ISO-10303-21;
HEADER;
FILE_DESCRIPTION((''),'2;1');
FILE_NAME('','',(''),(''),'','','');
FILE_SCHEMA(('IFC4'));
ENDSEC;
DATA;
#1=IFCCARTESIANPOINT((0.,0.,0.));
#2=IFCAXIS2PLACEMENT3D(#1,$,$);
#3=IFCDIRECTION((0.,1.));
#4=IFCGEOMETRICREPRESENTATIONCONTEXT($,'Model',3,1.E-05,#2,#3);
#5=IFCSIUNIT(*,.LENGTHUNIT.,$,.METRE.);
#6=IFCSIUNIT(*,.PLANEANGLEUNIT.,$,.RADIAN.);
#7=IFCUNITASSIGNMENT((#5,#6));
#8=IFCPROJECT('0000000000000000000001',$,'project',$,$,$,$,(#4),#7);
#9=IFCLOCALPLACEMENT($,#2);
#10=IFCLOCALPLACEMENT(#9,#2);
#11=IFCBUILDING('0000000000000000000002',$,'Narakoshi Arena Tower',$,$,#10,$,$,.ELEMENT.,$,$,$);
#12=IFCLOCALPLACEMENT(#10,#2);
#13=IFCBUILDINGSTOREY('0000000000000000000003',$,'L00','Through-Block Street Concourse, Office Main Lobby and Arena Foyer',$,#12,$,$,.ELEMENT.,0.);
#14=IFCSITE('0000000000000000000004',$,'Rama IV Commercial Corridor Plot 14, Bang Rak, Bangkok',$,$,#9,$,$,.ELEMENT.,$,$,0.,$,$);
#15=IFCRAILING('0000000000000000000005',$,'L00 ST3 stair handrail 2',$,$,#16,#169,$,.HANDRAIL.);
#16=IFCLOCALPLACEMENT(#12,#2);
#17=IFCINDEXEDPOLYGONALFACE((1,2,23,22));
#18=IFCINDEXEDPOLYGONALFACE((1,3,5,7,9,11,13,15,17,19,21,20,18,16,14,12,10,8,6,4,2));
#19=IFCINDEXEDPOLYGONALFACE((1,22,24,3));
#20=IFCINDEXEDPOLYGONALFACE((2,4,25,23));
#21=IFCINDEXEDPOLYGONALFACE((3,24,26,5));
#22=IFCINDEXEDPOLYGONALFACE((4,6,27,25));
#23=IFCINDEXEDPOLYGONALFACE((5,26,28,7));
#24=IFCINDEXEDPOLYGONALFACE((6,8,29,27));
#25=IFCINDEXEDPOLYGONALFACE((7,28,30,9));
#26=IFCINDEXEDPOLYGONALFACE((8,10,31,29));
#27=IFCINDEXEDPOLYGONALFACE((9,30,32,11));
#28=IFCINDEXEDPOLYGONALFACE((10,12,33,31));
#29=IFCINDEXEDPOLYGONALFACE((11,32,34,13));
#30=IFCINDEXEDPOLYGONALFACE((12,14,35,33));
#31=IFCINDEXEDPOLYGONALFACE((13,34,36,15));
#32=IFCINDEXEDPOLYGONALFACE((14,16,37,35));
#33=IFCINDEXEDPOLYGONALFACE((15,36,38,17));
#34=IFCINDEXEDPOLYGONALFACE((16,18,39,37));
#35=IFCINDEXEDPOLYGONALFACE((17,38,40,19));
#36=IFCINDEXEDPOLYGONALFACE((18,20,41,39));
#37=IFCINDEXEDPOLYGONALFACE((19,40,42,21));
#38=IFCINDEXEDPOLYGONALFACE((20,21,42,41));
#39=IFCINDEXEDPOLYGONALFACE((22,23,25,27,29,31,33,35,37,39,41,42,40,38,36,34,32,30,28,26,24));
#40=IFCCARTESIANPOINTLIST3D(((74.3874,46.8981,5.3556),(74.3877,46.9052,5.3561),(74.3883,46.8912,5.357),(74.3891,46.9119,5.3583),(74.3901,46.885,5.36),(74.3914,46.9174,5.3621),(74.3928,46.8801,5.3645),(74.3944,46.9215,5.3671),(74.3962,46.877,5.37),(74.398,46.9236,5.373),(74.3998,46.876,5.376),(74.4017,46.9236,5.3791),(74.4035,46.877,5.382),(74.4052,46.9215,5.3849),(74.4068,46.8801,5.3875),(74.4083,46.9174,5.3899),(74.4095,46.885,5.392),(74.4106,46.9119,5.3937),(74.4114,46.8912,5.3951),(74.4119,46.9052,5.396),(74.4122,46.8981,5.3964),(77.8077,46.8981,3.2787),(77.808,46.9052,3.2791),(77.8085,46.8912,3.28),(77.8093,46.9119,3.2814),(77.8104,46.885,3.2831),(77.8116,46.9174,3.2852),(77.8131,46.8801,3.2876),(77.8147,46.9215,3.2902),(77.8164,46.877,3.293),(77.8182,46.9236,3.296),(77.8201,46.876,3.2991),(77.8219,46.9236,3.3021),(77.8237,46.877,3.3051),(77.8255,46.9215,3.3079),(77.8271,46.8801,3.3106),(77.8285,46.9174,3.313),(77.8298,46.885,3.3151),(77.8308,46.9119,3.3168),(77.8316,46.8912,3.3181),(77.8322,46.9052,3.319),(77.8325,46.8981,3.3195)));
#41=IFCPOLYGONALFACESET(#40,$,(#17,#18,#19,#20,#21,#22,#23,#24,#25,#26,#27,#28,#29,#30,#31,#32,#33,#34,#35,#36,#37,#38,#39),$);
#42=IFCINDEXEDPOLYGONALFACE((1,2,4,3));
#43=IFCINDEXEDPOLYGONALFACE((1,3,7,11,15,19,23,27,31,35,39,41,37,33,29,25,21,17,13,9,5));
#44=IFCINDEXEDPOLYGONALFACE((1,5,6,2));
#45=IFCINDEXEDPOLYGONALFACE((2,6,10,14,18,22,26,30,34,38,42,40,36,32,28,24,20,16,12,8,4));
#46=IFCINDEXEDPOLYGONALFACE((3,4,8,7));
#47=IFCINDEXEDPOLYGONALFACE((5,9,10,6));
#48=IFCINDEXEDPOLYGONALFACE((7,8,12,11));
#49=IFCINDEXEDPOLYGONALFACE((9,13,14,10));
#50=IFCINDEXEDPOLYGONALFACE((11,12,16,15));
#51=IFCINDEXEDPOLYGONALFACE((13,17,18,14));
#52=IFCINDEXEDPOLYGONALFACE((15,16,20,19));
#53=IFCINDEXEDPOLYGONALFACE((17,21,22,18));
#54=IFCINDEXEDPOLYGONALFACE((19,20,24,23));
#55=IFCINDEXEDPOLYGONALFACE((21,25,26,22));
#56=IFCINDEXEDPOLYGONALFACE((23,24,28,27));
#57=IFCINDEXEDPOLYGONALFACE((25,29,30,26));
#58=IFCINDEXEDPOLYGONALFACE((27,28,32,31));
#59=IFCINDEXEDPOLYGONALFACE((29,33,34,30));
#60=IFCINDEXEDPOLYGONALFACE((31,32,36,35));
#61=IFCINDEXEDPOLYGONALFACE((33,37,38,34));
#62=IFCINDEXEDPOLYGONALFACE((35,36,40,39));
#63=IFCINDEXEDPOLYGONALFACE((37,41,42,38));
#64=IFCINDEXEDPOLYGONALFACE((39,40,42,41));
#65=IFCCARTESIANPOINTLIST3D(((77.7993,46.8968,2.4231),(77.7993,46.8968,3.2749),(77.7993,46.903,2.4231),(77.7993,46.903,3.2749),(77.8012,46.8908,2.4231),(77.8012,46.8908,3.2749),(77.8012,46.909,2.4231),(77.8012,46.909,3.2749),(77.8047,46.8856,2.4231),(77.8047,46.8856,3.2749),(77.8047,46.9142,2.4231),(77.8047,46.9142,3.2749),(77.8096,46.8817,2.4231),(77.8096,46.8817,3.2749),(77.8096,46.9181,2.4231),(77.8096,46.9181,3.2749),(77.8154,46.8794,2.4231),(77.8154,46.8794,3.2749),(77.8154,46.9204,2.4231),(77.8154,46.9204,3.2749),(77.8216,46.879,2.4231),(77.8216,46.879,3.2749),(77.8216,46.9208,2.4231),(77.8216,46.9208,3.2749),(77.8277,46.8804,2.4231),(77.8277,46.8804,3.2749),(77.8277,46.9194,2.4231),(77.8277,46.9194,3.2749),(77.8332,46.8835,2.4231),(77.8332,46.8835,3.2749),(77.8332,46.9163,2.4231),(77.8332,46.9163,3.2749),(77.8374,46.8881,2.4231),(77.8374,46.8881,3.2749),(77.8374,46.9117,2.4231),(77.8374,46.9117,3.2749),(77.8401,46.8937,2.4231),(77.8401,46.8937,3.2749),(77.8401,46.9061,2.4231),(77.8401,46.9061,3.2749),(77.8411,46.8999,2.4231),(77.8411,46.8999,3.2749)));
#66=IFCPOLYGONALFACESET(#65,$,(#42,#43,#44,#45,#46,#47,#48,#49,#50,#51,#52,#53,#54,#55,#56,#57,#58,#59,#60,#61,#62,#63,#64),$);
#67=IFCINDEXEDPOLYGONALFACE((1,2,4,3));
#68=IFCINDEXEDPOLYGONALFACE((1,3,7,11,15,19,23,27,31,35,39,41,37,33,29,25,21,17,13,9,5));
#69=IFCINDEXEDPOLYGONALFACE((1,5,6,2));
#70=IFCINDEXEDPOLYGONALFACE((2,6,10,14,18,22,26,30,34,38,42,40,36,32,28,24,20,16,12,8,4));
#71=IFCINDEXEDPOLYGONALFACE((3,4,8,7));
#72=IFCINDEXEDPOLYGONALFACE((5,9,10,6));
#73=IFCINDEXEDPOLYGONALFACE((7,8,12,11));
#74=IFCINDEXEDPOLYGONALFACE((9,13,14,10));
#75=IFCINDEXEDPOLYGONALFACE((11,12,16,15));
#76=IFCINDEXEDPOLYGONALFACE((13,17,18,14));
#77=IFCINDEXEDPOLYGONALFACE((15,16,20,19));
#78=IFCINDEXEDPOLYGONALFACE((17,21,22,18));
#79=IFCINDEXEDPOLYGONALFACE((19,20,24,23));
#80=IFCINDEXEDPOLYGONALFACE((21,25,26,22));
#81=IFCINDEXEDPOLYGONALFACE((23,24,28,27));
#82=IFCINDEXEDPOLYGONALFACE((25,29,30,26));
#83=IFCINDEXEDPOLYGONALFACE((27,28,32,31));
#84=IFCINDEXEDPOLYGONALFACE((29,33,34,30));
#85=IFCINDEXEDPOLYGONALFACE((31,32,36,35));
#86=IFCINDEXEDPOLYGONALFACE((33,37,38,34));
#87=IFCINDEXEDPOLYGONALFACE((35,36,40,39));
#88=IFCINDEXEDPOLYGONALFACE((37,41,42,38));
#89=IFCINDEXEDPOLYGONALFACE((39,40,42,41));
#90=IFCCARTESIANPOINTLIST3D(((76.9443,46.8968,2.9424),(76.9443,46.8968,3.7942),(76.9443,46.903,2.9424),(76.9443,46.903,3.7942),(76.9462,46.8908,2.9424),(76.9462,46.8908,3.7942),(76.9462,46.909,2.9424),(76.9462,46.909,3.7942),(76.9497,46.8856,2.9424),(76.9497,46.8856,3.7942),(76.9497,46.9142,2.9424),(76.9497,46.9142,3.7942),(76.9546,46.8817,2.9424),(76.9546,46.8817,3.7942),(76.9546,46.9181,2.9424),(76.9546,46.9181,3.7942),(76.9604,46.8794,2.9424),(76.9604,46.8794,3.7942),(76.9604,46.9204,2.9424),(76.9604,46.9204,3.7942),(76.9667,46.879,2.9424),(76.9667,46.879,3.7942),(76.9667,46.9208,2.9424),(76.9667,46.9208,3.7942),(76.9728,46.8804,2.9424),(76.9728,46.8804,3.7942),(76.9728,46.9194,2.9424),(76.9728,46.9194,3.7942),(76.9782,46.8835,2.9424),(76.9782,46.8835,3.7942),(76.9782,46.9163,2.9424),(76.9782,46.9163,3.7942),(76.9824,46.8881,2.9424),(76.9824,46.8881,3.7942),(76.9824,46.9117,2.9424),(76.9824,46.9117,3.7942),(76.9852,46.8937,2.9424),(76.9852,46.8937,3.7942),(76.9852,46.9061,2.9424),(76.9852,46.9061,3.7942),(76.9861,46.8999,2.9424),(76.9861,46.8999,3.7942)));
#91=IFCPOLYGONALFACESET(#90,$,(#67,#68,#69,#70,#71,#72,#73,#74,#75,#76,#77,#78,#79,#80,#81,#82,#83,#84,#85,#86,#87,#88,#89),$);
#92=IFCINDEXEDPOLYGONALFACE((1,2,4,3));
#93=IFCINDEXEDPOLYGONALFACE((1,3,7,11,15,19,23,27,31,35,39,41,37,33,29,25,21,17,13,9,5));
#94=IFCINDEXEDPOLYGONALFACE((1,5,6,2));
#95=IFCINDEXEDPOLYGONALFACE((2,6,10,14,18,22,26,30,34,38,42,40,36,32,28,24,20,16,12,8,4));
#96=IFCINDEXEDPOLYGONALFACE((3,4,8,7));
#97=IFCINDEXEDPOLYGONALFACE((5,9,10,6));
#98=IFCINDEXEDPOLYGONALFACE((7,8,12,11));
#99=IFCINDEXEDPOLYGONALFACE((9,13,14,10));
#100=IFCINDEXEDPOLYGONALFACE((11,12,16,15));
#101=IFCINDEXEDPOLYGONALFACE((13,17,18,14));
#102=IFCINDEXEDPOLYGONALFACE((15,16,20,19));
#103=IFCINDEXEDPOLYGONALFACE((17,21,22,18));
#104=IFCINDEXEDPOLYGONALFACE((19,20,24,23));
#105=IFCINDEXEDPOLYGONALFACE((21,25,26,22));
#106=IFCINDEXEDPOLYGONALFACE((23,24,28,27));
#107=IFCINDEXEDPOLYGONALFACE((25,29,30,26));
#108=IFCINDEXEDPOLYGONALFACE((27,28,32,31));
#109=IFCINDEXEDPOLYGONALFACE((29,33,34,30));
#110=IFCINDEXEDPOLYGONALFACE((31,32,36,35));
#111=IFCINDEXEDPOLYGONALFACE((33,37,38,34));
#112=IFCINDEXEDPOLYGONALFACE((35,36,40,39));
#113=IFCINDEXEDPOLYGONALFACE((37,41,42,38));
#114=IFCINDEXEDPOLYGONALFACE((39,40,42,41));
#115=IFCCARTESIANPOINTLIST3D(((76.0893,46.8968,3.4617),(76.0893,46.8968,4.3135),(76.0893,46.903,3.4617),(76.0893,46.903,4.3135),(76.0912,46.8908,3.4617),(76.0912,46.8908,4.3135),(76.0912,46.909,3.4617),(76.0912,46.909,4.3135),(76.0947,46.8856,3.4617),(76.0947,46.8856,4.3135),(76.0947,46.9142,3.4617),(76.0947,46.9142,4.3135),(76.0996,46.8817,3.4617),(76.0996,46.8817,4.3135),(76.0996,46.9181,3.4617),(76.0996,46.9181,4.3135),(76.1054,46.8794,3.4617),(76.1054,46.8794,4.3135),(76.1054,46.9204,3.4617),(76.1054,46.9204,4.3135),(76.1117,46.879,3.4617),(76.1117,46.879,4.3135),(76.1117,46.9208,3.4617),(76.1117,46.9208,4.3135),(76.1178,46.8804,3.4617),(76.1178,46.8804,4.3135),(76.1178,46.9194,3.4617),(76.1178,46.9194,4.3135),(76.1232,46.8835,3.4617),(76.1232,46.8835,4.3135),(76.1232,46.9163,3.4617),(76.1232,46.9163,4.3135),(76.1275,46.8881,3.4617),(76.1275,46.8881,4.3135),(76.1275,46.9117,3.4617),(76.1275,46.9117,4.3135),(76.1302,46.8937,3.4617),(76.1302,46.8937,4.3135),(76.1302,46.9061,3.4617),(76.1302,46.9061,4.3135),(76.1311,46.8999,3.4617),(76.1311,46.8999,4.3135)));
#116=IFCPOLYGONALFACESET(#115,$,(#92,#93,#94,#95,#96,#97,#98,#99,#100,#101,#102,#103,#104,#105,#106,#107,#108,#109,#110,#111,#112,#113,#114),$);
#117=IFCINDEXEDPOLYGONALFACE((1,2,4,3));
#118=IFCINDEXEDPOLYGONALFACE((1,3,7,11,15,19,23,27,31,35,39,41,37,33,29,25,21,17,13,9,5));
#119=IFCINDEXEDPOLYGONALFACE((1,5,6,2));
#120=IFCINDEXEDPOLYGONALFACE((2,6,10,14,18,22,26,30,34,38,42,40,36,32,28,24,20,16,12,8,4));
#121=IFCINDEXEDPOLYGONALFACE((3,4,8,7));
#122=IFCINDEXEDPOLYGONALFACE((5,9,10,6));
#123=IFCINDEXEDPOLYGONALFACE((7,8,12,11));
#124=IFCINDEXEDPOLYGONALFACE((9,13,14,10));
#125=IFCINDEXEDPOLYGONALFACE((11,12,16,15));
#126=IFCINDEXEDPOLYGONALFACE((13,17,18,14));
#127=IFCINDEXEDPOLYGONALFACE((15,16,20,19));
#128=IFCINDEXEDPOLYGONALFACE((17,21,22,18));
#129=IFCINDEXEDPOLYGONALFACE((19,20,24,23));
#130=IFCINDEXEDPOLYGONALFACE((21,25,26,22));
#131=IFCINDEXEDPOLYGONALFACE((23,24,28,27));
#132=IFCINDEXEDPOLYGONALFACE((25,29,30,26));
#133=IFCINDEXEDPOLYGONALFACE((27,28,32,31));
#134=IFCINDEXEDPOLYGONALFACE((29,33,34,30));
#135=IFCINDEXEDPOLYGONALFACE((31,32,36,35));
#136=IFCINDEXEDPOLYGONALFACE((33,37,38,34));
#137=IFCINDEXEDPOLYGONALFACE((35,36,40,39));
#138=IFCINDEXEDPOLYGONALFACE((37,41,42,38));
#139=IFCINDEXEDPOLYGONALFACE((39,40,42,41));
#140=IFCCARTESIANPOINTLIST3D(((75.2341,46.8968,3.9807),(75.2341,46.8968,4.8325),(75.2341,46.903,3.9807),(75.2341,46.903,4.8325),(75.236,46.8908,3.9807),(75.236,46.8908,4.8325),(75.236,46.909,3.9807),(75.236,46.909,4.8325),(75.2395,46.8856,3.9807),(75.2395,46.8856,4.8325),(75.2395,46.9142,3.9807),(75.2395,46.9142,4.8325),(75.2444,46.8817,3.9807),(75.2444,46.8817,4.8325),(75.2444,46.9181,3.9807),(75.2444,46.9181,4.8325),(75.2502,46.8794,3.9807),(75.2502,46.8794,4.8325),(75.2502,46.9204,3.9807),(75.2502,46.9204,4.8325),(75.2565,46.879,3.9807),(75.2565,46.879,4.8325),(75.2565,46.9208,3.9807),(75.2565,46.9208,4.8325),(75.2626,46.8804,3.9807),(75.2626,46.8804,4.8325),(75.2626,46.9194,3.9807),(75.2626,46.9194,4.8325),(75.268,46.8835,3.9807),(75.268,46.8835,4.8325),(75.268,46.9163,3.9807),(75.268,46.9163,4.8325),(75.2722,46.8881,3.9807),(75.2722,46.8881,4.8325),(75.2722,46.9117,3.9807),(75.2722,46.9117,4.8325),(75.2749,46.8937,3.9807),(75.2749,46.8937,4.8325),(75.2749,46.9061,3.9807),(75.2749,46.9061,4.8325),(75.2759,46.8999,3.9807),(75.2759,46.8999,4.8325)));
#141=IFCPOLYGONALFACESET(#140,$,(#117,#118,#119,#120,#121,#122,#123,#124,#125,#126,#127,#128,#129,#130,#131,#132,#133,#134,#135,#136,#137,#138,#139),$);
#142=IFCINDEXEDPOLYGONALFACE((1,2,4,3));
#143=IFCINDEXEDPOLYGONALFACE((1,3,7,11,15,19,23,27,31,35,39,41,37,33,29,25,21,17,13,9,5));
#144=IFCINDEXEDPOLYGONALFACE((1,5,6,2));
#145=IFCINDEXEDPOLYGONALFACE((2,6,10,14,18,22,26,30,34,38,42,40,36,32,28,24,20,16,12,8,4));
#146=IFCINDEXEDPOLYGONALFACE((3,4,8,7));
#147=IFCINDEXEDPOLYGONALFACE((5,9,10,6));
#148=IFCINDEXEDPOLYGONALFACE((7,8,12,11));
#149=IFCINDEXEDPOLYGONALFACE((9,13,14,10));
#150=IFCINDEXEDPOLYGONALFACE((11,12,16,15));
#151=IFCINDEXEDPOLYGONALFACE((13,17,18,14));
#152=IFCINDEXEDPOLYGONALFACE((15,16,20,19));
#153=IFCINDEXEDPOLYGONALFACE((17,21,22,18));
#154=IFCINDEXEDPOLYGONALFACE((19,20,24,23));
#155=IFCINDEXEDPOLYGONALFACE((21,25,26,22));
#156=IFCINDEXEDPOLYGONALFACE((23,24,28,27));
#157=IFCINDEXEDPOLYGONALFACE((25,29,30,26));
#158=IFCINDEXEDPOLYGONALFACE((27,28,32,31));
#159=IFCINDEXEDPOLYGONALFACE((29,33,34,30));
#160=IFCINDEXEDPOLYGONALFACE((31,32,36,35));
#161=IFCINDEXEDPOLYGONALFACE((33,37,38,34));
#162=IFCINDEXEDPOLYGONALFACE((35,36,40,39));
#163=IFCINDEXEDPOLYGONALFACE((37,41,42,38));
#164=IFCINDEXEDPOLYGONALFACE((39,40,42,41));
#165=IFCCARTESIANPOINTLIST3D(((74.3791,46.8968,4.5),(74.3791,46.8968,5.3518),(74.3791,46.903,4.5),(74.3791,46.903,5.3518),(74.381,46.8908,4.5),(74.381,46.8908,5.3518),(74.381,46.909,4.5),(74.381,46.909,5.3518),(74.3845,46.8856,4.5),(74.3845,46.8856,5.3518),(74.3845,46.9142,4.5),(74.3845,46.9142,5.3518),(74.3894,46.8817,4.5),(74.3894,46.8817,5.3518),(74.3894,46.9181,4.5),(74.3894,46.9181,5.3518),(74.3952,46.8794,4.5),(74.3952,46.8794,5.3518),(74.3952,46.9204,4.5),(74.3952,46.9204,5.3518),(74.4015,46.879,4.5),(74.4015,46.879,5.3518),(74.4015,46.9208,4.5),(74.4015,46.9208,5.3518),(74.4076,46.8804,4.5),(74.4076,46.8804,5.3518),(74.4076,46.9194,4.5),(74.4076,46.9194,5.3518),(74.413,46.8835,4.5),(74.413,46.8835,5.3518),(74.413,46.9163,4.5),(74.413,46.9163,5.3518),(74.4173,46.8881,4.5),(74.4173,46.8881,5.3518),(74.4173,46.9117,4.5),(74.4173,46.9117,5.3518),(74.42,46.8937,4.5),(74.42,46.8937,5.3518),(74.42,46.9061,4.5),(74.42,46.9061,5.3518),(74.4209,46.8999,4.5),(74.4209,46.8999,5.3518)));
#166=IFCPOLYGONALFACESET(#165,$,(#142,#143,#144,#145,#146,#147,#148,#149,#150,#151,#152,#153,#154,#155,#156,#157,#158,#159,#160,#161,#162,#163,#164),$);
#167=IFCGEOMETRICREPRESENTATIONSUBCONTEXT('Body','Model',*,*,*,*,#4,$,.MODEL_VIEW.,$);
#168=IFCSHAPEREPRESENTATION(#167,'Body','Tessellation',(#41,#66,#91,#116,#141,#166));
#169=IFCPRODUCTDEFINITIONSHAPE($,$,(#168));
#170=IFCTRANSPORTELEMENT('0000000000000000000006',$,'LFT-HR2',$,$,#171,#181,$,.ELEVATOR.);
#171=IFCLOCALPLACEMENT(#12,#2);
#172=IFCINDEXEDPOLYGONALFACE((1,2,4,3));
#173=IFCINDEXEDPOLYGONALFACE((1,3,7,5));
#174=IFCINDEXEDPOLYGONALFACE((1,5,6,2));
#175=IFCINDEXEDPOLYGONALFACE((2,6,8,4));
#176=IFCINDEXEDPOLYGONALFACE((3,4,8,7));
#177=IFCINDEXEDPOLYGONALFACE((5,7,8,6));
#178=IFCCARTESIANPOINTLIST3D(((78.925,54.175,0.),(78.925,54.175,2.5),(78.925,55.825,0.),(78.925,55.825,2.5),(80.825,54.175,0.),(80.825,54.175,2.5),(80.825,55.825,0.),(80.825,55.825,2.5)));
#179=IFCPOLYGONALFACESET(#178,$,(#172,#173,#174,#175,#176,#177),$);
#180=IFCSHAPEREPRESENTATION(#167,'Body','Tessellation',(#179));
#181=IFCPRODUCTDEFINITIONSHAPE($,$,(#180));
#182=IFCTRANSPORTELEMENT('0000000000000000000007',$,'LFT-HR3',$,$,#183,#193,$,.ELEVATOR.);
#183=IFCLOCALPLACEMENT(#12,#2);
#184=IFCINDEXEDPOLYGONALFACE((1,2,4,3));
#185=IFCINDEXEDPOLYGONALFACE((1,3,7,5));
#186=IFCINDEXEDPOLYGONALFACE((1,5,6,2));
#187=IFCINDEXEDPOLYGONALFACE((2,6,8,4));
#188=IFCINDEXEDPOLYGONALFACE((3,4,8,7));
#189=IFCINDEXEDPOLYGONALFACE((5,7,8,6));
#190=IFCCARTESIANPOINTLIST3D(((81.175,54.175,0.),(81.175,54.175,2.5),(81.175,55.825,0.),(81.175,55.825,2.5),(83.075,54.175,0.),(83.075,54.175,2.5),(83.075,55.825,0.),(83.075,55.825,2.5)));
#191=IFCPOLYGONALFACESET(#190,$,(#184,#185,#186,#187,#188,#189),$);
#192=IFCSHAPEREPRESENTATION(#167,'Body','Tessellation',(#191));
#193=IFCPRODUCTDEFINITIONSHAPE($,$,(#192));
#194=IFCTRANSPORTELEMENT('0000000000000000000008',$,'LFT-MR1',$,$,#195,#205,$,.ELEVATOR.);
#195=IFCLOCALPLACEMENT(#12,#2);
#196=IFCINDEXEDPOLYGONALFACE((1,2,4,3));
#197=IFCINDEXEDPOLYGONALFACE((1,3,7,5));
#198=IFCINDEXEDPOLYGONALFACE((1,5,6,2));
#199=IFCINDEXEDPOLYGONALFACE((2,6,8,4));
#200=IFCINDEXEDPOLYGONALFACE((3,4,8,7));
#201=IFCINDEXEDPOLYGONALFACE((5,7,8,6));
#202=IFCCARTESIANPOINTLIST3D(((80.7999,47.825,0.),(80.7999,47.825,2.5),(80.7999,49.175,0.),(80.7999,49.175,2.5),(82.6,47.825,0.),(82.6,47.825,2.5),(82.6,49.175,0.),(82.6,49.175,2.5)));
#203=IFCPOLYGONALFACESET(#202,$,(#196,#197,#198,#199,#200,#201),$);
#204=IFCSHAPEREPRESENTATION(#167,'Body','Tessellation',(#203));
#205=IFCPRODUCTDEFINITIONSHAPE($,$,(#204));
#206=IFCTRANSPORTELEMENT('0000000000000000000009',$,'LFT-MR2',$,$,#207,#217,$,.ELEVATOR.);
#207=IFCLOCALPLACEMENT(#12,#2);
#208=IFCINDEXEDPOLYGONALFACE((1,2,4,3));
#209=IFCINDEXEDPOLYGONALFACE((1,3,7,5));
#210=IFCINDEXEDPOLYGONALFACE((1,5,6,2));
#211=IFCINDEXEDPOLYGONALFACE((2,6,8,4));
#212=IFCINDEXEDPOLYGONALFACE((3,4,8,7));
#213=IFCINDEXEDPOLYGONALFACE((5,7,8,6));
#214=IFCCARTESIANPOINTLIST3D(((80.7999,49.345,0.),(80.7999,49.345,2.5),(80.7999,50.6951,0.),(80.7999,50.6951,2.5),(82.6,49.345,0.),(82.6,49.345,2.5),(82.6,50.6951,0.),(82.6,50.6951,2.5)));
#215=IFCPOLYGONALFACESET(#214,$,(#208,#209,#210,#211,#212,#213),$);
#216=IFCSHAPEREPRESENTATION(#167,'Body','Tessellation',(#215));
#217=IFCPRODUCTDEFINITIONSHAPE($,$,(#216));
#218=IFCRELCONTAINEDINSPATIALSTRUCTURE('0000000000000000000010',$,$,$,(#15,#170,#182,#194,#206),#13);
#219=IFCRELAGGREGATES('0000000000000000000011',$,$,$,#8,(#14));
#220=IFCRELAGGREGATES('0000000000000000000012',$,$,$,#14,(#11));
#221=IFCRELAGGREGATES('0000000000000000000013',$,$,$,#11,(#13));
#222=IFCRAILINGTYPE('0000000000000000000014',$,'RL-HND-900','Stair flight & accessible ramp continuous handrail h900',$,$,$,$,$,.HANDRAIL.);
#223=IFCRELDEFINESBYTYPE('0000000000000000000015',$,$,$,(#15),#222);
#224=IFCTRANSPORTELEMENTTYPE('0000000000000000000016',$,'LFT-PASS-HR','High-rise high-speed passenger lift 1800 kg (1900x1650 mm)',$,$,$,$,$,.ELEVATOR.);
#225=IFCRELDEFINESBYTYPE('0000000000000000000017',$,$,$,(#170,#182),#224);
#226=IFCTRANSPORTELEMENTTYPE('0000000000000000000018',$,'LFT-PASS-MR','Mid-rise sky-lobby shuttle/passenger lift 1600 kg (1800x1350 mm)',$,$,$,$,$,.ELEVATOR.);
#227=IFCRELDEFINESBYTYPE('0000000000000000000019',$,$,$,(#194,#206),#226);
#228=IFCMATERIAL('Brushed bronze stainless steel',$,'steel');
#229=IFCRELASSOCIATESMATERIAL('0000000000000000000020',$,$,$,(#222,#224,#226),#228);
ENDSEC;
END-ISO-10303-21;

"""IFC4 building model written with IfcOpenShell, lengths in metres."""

from ifc_helpers import new_model, si_unit, direction, frame, origin, origin_2d, place, context, subcontext, project, spatial, rectangle, circle, extrude, material, type_object, element, save


model = new_model("IFC4")

# Units and contexts
model_context = context("Model", 3, precision=1e-05, world=origin(), true_north=direction((0.0, 1.0)))
body_context = subcontext(model_context, "Body", "Model", "MODEL_VIEW")
ifc_project = project(units=[si_unit("LENGTHUNIT", "METRE"), si_unit("PLANEANGLEUNIT", "RADIAN")], contexts=[model_context])

# Site, building, storey
site_placement = place(None, origin())
site = spatial("IfcSite", under=ifc_project, at=site_placement, Name="Rama IV Commercial Corridor Plot 14, Bang Rak, Bangkok", CompositionType="ELEMENT", RefElevation=0.0)
building_placement = place(site_placement, origin())
building = spatial("IfcBuilding", under=site, at=building_placement, Name="Narakoshi Arena Tower", CompositionType="ELEMENT")
storey_placement = place(building_placement, origin())
storey = spatial("IfcBuildingStorey", under=building, at=storey_placement, Name="L00", Description="Through-Block Street Concourse, Office Main Lobby and Arena Foyer", CompositionType="ELEMENT", Elevation=0.0)

# Shared definitions
ifc_material_1 = material(Name="Brushed bronze stainless steel", Category="steel")

# Railing
railing_type_1 = type_object("IfcRailingType", Name="RL-HND-900", Description="Stair flight & accessible ramp continuous handrail h900", PredefinedType="HANDRAIL", material=ifc_material_1)
railing_1_placement = place(storey_placement, frame((77.8201, 46.8999, 2.4231)))
element("IfcRailing", 1, at=railing_1_placement, inside=storey, type_object=railing_type_1, Name="L00 ST3 stair handrail 2", PredefinedType="HANDRAIL", context=body_context, shape_type="SweptSolid", body=[
    extrude(circle(Radius=0.0239, at=origin_2d()), frame((0.0, 0.0, 0.876), z_axis=(-0.854746, 0.0, 0.519047), x_axis=(0.0, -1.0, 0.0)), (0.0, 0.0, 1.0), 4.0015),
    extrude(circle(Radius=0.021, at=origin_2d()), origin(), (0.0, 0.0, 1.0), 0.8518),
    extrude(circle(Radius=0.021, at=origin_2d()), frame((-0.855, 0.0, 0.5193)), (0.0, 0.0, 1.0), 0.8518),
    extrude(circle(Radius=0.021, at=origin_2d()), frame((-1.71, 0.0, 1.0386)), (0.0, 0.0, 1.0), 0.8518),
    extrude(circle(Radius=0.021, at=origin_2d()), frame((-2.5652, 0.0, 1.5576)), (0.0, 0.0, 1.0), 0.8518),
    extrude(circle(Radius=0.021, at=origin_2d()), frame((-3.4202, 0.0, 2.0769)), (0.0, 0.0, 1.0), 0.8518),
])

# Transport elements
transport_element_type_1 = type_object("IfcTransportElementType", Name="LFT-PASS-HR", Description="High-rise high-speed passenger lift 1800 kg (1900x1650 mm)", PredefinedType="ELEVATOR", material=ifc_material_1)
for number, where, z_axis, x_axis, name in (
    (2, (79.875, 55.0, 0.0), (0.0, 0.0, 1.0), (1.0, 0.0, 0.0), "LFT-HR2"),
    (3, (82.125, 55.0, 0.0), (0.0, 0.0, 1.0), (1.0, 0.0, 0.0), "LFT-HR3"),
):
    element("IfcTransportElement", number, at=place(storey_placement, frame(where, z_axis=z_axis, x_axis=x_axis)), inside=storey, type_object=transport_element_type_1, Name=name, PredefinedType="ELEVATOR", context=body_context, shape_type="SweptSolid", body=[
        extrude(rectangle(XDim=1.8999, YDim=1.6499, at=origin_2d()), origin(), (0.0, 0.0, 1.0), 2.5),
    ])
transport_element_type_2 = type_object("IfcTransportElementType", Name="LFT-PASS-MR", Description="Mid-rise sky-lobby shuttle/passenger lift 1600 kg (1800x1350 mm)", PredefinedType="ELEVATOR", material=ifc_material_1)
for number, where, z_axis, x_axis, name in (
    (4, (81.7, 48.5, 0.0), (0.0, 0.0, 1.0), (1.0, 0.0, 0.0), "LFT-MR1"),
    (5, (81.7, 50.02, 0.0), (0.0, 0.0, 1.0), (1.0, 0.0, 0.0), "LFT-MR2"),
):
    element("IfcTransportElement", number, at=place(storey_placement, frame(where, z_axis=z_axis, x_axis=x_axis)), inside=storey, type_object=transport_element_type_2, Name=name, PredefinedType="ELEVATOR", context=body_context, shape_type="SweptSolid", body=[
        extrude(rectangle(XDim=1.8, YDim=1.3501, at=origin_2d()), origin(), (0.0, 0.0, 1.0), 2.5),
    ])

save(model, "model.ifc")
